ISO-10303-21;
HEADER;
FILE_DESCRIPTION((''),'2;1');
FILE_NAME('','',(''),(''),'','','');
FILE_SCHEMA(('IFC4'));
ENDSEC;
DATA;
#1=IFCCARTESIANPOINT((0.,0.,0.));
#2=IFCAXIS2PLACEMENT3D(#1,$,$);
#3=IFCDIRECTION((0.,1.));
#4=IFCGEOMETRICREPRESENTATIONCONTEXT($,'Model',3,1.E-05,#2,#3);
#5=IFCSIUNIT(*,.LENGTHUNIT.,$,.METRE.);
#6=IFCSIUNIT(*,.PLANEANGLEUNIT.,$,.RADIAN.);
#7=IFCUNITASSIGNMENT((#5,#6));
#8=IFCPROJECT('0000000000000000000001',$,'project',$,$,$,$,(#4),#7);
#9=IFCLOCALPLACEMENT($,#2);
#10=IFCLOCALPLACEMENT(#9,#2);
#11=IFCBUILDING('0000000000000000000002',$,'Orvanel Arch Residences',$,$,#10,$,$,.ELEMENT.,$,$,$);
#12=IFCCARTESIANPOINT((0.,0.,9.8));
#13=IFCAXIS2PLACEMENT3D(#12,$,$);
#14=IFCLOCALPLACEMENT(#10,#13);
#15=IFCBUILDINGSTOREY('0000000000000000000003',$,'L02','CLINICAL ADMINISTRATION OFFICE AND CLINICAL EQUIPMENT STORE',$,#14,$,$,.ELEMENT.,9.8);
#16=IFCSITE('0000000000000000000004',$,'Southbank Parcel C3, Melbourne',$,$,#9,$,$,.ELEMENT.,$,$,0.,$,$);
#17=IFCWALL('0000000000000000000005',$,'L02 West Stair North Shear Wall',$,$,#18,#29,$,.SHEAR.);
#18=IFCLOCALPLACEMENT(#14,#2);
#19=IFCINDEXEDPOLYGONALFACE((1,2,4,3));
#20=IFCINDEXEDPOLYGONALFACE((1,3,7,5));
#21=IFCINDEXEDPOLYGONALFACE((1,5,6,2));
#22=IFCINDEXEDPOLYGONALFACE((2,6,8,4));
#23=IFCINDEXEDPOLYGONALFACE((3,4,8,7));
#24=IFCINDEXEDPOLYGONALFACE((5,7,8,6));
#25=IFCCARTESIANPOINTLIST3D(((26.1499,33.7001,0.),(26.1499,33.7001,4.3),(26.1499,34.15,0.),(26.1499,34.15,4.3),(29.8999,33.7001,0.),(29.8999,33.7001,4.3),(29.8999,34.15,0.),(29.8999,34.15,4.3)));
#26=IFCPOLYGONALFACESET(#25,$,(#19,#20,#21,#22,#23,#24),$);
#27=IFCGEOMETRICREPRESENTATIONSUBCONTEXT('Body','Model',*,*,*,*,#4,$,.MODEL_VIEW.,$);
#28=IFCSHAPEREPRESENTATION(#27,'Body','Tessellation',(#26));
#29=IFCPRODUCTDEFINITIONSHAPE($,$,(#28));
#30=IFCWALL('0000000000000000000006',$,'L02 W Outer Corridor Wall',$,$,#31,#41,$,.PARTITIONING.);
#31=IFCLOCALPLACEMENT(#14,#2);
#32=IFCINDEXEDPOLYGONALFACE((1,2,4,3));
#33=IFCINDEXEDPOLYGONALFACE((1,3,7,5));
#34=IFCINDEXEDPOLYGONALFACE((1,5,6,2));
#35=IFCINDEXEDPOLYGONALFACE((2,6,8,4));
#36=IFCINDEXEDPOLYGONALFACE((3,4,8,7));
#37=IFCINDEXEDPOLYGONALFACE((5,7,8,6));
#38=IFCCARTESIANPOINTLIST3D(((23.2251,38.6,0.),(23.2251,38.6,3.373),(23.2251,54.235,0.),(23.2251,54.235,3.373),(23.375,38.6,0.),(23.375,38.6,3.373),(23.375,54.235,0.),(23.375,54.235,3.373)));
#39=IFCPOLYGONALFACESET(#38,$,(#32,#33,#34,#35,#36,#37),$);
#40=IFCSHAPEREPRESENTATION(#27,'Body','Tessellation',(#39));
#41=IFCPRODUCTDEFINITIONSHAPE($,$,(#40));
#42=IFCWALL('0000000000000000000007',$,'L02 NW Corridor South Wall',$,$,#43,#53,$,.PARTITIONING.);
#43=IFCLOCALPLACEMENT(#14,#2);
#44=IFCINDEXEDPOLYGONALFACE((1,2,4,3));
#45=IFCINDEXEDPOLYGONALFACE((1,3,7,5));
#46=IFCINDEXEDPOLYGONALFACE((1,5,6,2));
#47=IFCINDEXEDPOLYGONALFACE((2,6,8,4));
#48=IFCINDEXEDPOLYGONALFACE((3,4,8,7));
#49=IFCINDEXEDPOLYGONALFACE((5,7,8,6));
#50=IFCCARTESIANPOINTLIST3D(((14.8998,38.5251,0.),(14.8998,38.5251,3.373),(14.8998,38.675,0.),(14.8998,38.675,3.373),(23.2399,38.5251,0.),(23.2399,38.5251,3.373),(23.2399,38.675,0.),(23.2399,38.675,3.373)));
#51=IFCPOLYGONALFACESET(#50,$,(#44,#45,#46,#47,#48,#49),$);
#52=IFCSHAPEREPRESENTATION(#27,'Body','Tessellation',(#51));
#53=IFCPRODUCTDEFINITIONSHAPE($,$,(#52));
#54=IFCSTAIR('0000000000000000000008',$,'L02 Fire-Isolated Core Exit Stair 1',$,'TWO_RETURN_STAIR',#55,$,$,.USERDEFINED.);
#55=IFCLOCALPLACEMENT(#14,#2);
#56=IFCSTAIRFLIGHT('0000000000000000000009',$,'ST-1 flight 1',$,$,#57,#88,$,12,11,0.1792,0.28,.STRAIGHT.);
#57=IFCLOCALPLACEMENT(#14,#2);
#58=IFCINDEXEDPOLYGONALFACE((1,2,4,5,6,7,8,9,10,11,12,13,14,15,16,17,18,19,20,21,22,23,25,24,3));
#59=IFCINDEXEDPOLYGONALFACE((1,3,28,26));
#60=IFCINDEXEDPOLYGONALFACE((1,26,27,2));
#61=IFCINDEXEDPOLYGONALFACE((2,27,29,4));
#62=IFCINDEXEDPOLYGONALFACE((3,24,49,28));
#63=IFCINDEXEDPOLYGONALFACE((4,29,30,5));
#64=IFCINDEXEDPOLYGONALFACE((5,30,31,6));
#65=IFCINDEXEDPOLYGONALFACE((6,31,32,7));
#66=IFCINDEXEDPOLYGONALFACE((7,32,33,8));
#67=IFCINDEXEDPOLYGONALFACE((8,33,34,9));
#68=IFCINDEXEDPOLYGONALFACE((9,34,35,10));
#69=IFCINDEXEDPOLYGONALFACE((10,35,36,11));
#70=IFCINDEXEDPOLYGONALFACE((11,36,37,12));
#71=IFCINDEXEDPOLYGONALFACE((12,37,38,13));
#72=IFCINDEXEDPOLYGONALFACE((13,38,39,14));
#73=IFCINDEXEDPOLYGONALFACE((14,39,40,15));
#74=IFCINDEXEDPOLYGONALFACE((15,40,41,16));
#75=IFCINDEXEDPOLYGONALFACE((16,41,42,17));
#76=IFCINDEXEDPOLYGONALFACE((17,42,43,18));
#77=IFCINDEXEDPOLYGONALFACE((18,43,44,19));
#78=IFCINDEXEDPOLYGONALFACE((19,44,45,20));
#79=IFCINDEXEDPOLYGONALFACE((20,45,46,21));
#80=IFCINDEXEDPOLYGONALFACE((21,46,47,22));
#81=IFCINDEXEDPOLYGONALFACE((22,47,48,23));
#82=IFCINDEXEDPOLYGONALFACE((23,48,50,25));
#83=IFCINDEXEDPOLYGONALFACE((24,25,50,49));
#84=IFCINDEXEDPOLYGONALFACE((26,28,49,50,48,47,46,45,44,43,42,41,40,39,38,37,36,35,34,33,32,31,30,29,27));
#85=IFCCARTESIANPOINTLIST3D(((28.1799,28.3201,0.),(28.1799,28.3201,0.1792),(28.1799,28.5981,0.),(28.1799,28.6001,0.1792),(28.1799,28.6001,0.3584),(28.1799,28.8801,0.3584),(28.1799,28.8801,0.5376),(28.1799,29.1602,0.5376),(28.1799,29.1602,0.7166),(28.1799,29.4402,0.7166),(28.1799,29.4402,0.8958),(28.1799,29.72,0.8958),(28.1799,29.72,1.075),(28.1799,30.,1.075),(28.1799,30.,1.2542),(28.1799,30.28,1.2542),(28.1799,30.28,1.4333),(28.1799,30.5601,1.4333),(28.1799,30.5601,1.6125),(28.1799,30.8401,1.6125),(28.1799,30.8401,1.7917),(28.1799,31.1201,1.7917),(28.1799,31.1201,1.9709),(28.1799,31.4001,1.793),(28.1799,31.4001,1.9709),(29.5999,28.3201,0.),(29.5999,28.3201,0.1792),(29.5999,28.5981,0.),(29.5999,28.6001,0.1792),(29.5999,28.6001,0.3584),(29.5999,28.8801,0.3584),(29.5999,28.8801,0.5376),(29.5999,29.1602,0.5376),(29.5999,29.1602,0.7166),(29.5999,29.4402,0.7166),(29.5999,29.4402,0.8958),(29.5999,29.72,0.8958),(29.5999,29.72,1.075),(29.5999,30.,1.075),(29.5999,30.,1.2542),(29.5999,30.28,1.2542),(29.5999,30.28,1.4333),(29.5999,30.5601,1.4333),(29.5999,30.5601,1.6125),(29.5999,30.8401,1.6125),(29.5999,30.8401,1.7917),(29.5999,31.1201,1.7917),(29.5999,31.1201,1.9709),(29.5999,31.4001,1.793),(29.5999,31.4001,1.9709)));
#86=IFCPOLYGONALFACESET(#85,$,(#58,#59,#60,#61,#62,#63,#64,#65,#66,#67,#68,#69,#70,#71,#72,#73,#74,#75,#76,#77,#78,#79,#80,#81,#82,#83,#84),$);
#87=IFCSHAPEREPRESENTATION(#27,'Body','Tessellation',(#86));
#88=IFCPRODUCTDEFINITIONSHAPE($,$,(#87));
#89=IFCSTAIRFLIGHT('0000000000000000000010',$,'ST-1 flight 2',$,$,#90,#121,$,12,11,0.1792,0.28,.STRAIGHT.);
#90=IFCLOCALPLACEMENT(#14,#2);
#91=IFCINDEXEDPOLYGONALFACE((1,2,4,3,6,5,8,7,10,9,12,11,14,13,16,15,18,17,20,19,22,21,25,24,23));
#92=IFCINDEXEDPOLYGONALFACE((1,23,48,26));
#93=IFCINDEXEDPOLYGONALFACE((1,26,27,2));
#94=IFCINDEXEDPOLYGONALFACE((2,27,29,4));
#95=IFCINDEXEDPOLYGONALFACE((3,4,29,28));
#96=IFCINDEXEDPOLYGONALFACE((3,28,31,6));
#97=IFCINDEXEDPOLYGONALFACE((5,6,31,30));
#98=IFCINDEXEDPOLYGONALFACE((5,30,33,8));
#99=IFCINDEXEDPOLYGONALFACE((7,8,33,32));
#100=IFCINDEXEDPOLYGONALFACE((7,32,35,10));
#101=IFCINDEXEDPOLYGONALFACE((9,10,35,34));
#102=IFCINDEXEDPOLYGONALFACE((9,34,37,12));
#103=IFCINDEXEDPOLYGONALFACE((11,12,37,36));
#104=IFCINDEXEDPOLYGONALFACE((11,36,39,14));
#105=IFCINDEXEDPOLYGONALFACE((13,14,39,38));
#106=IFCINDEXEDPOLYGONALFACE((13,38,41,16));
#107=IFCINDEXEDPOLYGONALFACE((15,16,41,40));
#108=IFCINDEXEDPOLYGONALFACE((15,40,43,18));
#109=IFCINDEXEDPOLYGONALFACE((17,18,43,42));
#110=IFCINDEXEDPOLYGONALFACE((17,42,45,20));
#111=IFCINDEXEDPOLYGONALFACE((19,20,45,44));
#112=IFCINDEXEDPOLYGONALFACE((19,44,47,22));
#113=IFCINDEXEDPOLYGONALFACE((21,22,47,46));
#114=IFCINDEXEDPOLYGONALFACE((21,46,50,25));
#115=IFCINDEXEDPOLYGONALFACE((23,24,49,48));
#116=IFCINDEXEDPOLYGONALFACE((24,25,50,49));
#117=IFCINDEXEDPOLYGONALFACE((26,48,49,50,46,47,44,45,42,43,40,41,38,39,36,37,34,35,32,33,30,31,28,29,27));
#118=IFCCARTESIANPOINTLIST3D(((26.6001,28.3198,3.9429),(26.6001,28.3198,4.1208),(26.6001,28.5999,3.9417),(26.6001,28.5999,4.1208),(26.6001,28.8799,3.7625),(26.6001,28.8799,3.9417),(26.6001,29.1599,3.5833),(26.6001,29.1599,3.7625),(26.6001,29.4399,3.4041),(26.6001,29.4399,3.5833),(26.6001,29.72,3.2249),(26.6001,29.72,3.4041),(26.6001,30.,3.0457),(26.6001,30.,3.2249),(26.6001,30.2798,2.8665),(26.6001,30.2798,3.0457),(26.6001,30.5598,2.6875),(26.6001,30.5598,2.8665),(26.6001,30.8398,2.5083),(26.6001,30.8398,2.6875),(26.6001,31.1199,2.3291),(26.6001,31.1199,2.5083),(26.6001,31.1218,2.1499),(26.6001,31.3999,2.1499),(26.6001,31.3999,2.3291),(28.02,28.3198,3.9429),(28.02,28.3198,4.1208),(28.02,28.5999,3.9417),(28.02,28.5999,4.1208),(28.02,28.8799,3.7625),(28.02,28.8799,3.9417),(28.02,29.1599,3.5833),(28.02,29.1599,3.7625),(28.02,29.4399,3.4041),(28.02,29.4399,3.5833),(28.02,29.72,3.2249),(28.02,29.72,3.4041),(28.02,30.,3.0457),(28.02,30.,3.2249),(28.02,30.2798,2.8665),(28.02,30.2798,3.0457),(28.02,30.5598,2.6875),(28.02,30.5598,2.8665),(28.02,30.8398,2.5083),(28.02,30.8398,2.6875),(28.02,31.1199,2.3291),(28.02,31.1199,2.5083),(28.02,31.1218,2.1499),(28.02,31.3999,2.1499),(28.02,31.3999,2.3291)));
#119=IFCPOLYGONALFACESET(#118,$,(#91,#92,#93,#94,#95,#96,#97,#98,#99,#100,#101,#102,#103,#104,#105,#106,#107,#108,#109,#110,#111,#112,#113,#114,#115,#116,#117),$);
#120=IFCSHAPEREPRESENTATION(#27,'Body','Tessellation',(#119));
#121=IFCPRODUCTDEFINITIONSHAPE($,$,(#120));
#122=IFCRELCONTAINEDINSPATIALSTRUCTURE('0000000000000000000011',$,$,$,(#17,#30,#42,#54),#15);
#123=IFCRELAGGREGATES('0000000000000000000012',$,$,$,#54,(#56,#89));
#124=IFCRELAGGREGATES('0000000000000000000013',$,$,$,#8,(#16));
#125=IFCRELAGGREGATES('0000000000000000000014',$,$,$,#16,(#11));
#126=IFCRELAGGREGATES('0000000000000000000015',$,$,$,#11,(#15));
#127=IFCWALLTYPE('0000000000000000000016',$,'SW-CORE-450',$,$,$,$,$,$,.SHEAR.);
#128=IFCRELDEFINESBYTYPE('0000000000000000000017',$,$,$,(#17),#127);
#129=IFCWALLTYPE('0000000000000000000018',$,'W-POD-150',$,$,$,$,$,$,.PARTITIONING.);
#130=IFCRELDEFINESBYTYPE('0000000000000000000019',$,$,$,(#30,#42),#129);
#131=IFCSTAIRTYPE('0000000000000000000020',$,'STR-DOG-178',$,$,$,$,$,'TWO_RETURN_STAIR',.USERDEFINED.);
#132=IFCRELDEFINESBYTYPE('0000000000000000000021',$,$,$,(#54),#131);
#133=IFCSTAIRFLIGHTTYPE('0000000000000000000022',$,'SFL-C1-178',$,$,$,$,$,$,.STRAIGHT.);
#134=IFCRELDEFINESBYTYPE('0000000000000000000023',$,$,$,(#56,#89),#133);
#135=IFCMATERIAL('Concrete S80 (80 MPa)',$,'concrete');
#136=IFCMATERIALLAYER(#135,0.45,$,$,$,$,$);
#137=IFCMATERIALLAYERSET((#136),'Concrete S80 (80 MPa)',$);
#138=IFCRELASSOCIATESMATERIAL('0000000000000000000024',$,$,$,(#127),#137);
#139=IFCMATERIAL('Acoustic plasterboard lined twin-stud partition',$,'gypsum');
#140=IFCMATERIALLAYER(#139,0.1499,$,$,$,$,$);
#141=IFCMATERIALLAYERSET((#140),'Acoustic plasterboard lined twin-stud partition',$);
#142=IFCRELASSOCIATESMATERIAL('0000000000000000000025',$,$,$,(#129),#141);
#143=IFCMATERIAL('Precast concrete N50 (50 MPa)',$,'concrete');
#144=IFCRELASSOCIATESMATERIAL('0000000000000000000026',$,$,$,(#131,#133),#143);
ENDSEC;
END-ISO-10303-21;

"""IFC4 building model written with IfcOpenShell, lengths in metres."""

from ifc_helpers import new_model, si_unit, direction, frame, frame_2d, origin, place, context, subcontext, project, spatial, polyline, rectangle, outline, extrude, material, layer, layer_set, type_object, element, aggregate, save


model = new_model("IFC4")

# Units and contexts
model_context = context("Model", 3, precision=1e-05, world=origin(), true_north=direction((0.0, 1.0)))
body_context = subcontext(model_context, "Body", "Model", "MODEL_VIEW")
ifc_project = project(units=[si_unit("LENGTHUNIT", "METRE"), si_unit("PLANEANGLEUNIT", "RADIAN")], contexts=[model_context])

# Site, building, storey
site_placement = place(None, origin())
site = spatial("IfcSite", under=ifc_project, at=site_placement, Name="Southbank Parcel C3, Melbourne", CompositionType="ELEMENT", RefElevation=0.0)
building_placement = place(site_placement, origin())
building = spatial("IfcBuilding", under=site, at=building_placement, Name="Orvanel Arch Residences", CompositionType="ELEMENT")
storey_placement = place(building_placement, frame((0.0, 0.0, 9.8)))
storey = spatial("IfcBuildingStorey", under=building, at=storey_placement, Name="L02", Description="CLINICAL ADMINISTRATION OFFICE AND CLINICAL EQUIPMENT STORE", CompositionType="ELEMENT", Elevation=9.8)

# Shared definitions
ifc_material_1 = material(Name="Concrete S80 (80 MPa)", Category="concrete")

# Walls
ifc_layer_1 = layer(ifc_material_1, 0.45)
ifc_layer_set_1 = layer_set([ifc_layer_1], Name="Concrete S80 (80 MPa)")
wall_type_1 = type_object("IfcWallType", Name="SW-CORE-450", PredefinedType="SHEAR", material=ifc_layer_set_1)
wall_1_placement = place(storey_placement, frame((26.1499, 33.925, 0.0), z_axis=(0.0, 0.0, 1.0), x_axis=(1.0, 0.0, 0.0)))
element("IfcWall", 1, at=wall_1_placement, inside=storey, type_object=wall_type_1, Name="L02 West Stair North Shear Wall", PredefinedType="SHEAR", context=body_context, shape_type="SweptSolid", body=[
    extrude(rectangle(XDim=3.75, YDim=0.45, at=frame_2d((1.875, 0.0))), origin(), (0.0, 0.0, 1.0), 4.3),
])
ifc_material_2 = material(Name="Acoustic plasterboard lined twin-stud partition", Category="gypsum")
ifc_layer_2 = layer(ifc_material_2, 0.1499)
ifc_layer_set_2 = layer_set([ifc_layer_2], Name="Acoustic plasterboard lined twin-stud partition")
wall_type_2 = type_object("IfcWallType", Name="W-POD-150", PredefinedType="PARTITIONING", material=ifc_layer_set_2)
wall_2_placement = place(storey_placement, frame((23.3, 38.6001, 0.0), z_axis=(0.0, 0.0, 1.0), x_axis=(0.0, 1.0, 0.0)))
element("IfcWall", 2, at=wall_2_placement, inside=storey, type_object=wall_type_2, Name="L02 W Outer Corridor Wall", PredefinedType="PARTITIONING", context=body_context, shape_type="SweptSolid", body=[
    extrude(rectangle(XDim=15.635, YDim=0.1499, at=frame_2d((7.8174, 0.0))), origin(), (0.0, 0.0, 1.0), 3.373),
])
wall_3_placement = place(storey_placement, frame((14.8999, 38.6001, 0.0), z_axis=(0.0, 0.0, 1.0), x_axis=(1.0, 0.0, 0.0)))
element("IfcWall", 3, at=wall_3_placement, inside=storey, type_object=wall_type_2, Name="L02 NW Corridor South Wall", PredefinedType="PARTITIONING", context=body_context, shape_type="SweptSolid", body=[
    extrude(rectangle(XDim=8.3401, YDim=0.1499, at=frame_2d((4.1699, 0.0))), origin(), (0.0, 0.0, 1.0), 3.373),
])

# Stair, stair flights
ifc_material_3 = material(Name="Precast concrete N50 (50 MPa)", Category="concrete")
stair_type = type_object("IfcStairType", Name="STR-DOG-178", ElementType="TWO_RETURN_STAIR", PredefinedType="USERDEFINED", material=ifc_material_3)
stair_placement = place(storey_placement, origin())
stair = element("IfcStair", 4, at=stair_placement, inside=storey, type_object=stair_type, Name="L02 Fire-Isolated Core Exit Stair 1", ObjectType="TWO_RETURN_STAIR", PredefinedType="USERDEFINED")
stair_flight_type = type_object("IfcStairFlightType", Name="SFL-C1-178", PredefinedType="STRAIGHT", material=ifc_material_3)
stair_flight_1_placement = place(storey_placement, frame((28.8899, 28.3201, 0.0), z_axis=(0.0, 0.0, 1.0), x_axis=(0.0, 1.0, 0.0)))
stair_flight_1 = element("IfcStairFlight", 5, at=stair_flight_1_placement, type_object=stair_flight_type, Name="ST-1 flight 1", NumberOfRisers=12, NumberOfTreads=11, PredefinedType="STRAIGHT", RiserHeight=0.1792, TreadLength=0.28, context=body_context, shape_type="SweptSolid", body=[
    extrude(outline(polyline([(0.0, 0.0), (0.0, 0.1792), (0.28, 0.1792), (0.28, 0.3584), (0.5601, 0.3584), (0.5601, 0.5376), (0.8401, 0.5376), (0.8401, 0.7166), (1.1201, 0.7166), (1.1201, 0.8958), (1.3999, 0.8958), (1.3999, 1.075), (1.6799, 1.075), (1.6799, 1.2542), (1.96, 1.2542), (1.96, 1.4333), (2.24, 1.4333), (2.24, 1.6125), (2.52, 1.6125), (2.52, 1.7917), (2.8, 1.7917), (2.8, 1.9709), (3.0801, 1.9709), (3.0801, 2.1499), (3.0801, 1.793), (0.2781, 0.0), (0.0, 0.0)])), frame((0.0, 0.71, 0.0), z_axis=(0.0, -1.0, 0.0), x_axis=(1.0, 0.0, 0.0)), (0.0, 0.0, 1.0), 1.4199),
])
stair_flight_2_placement = place(storey_placement, frame((27.3101, 31.3999, 2.1499), z_axis=(0.0, 0.0, 1.0), x_axis=(0.0, -1.0, 0.0)))
stair_flight_2 = element("IfcStairFlight", 6, at=stair_flight_2_placement, type_object=stair_flight_type, Name="ST-1 flight 2", NumberOfRisers=12, NumberOfTreads=11, PredefinedType="STRAIGHT", RiserHeight=0.1792, TreadLength=0.28, context=body_context, shape_type="SweptSolid", body=[
    extrude(outline(polyline([(0.0, 0.0), (0.0, 0.1792), (0.28, 0.1792), (0.28, 0.3584), (0.5601, 0.3584), (0.5601, 0.5376), (0.8401, 0.5376), (0.8401, 0.7166), (1.1201, 0.7166), (1.1201, 0.8958), (1.3999, 0.8958), (1.3999, 1.075), (1.6799, 1.075), (1.6799, 1.2542), (1.96, 1.2542), (1.96, 1.4333), (2.24, 1.4333), (2.24, 1.6125), (2.52, 1.6125), (2.52, 1.7917), (2.8, 1.7917), (2.8, 1.9709), (3.0801, 1.9709), (3.0801, 2.1499), (3.0801, 1.793), (0.2781, 0.0), (0.0, 0.0)])), frame((0.0, 0.71, 0.0), z_axis=(0.0, -1.0, 0.0), x_axis=(1.0, 0.0, 0.0)), (0.0, 0.0, 1.0), 1.4199),
])
aggregate(stair, [stair_flight_1, stair_flight_2])

save(model, "model.ifc")
